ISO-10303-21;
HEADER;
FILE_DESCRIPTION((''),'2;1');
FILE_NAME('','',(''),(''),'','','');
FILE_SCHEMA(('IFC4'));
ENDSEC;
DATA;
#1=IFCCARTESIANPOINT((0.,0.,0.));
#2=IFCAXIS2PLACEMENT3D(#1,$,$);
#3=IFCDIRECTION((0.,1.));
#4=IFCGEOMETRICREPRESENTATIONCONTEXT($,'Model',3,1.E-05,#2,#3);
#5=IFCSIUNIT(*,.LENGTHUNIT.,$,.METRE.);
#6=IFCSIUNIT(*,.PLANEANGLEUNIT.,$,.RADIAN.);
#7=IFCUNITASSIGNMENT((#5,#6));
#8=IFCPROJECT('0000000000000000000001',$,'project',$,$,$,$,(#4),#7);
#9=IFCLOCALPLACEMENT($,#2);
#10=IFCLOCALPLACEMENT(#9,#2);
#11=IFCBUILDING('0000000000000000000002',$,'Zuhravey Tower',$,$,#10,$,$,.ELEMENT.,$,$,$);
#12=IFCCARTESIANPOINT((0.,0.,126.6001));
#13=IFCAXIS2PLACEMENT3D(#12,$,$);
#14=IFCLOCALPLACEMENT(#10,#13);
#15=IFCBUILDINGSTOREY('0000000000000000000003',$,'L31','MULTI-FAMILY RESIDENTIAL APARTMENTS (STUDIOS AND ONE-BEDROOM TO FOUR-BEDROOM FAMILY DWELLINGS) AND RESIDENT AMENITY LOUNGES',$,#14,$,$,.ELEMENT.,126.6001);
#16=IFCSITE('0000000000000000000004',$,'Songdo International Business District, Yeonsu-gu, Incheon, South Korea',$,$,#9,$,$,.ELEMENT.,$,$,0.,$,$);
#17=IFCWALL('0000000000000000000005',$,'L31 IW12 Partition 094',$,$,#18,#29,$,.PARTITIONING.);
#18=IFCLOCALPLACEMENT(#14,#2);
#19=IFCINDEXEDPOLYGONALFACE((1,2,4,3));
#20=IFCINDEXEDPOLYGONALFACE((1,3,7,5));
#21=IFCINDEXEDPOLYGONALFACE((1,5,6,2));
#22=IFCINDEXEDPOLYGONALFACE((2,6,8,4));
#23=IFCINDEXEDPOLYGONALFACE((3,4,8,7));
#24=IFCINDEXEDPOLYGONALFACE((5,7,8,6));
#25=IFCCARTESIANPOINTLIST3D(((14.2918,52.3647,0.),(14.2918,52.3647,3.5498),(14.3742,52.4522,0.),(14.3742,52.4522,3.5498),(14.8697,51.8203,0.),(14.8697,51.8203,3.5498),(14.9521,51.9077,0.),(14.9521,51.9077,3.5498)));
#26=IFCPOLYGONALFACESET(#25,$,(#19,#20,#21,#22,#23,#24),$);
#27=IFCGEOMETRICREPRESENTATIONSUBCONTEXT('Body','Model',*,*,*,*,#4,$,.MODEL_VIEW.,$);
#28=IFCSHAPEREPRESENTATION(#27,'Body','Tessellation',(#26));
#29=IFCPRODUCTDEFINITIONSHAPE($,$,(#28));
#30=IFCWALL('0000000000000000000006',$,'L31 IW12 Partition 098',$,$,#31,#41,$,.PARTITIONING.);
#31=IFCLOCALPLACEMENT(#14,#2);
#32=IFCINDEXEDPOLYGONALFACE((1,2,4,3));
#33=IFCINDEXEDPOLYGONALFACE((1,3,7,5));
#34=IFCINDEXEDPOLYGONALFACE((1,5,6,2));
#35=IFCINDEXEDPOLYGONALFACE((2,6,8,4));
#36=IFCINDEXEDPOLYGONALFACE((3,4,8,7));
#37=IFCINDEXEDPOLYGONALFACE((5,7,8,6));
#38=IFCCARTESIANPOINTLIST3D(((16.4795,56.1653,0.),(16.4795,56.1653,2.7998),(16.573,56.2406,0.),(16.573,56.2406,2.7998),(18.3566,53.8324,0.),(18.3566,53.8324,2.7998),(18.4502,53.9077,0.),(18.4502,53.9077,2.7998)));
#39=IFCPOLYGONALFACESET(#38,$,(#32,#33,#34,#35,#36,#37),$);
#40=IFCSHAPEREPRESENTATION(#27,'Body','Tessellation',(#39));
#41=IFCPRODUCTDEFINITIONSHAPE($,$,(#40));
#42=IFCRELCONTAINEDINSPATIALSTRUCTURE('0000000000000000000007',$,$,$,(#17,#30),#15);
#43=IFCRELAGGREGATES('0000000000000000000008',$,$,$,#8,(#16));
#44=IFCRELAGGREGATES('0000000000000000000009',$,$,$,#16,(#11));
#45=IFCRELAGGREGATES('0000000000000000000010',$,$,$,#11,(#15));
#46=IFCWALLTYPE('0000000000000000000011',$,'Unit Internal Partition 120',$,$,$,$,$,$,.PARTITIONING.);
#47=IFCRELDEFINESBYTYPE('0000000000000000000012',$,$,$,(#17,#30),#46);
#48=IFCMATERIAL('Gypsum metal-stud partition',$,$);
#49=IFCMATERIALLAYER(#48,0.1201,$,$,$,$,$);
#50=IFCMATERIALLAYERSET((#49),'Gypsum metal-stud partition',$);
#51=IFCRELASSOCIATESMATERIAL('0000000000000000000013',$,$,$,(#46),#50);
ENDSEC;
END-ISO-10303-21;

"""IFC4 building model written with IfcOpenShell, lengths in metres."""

from ifc_helpers import new_model, si_unit, direction, frame, frame_2d, origin, place, context, subcontext, project, spatial, rectangle, extrude, material, layer, layer_set, type_object, element, save


model = new_model("IFC4")

# Units and contexts
model_context = context("Model", 3, precision=1e-05, world=origin(), true_north=direction((0.0, 1.0)))
body_context = subcontext(model_context, "Body", "Model", "MODEL_VIEW")
ifc_project = project(units=[si_unit("LENGTHUNIT", "METRE"), si_unit("PLANEANGLEUNIT", "RADIAN")], contexts=[model_context])

# Site, building, storey
site_placement = place(None, origin())
site = spatial("IfcSite", under=ifc_project, at=site_placement, Name="Songdo International Business District, Yeonsu-gu, Incheon, South Korea", CompositionType="ELEMENT", RefElevation=0.0)
building_placement = place(site_placement, origin())
building = spatial("IfcBuilding", under=site, at=building_placement, Name="Zuhravey Tower", CompositionType="ELEMENT")
storey_placement = place(building_placement, frame((0.0, 0.0, 126.6001)))
storey = spatial("IfcBuildingStorey", under=building, at=storey_placement, Name="L31", Description="MULTI-FAMILY RESIDENTIAL APARTMENTS (STUDIOS AND ONE-BEDROOM TO FOUR-BEDROOM FAMILY DWELLINGS) AND RESIDENT AMENITY LOUNGES", CompositionType="ELEMENT", Elevation=126.6001)

# Walls
ifc_material_1 = material(Name="Gypsum metal-stud partition")
ifc_layer_1 = layer(ifc_material_1, 0.1201)
ifc_layer_set_1 = layer_set([ifc_layer_1], Name="Gypsum metal-stud partition")
wall_type_1 = type_object("IfcWallType", Name="Unit Internal Partition 120", PredefinedType="PARTITIONING", material=ifc_layer_set_1)
wall_1_placement = place(storey_placement, frame((14.9109, 51.864, 0.0), z_axis=(0.0, 0.0, 1.0), x_axis=(-0.727857, 0.685729, 0.0)))
element("IfcWall", 1, at=wall_1_placement, inside=storey, type_object=wall_type_1, Name="L31 IW12 Partition 094", PredefinedType="PARTITIONING", context=body_context, shape_type="SweptSolid", body=[
    extrude(rectangle(XDim=0.7939, YDim=0.1201, at=frame_2d((0.397, 0.0))), origin(), (0.0, 0.0, 1.0), 3.5498),
])
wall_2_placement = place(storey_placement, frame((18.4033, 53.8701, 0.0), z_axis=(0.0, 0.0, 1.0), x_axis=(-0.62689, 0.779108, 0.0)))
element("IfcWall", 2, at=wall_2_placement, inside=storey, type_object=wall_type_1, Name="L31 IW12 Partition 098", PredefinedType="PARTITIONING", context=body_context, shape_type="SweptSolid", body=[
    extrude(rectangle(XDim=2.9944, YDim=0.1201, at=frame_2d((1.4971, 0.0))), origin(), (0.0, 0.0, 1.0), 2.7998),
])

save(model, "model.ifc")
